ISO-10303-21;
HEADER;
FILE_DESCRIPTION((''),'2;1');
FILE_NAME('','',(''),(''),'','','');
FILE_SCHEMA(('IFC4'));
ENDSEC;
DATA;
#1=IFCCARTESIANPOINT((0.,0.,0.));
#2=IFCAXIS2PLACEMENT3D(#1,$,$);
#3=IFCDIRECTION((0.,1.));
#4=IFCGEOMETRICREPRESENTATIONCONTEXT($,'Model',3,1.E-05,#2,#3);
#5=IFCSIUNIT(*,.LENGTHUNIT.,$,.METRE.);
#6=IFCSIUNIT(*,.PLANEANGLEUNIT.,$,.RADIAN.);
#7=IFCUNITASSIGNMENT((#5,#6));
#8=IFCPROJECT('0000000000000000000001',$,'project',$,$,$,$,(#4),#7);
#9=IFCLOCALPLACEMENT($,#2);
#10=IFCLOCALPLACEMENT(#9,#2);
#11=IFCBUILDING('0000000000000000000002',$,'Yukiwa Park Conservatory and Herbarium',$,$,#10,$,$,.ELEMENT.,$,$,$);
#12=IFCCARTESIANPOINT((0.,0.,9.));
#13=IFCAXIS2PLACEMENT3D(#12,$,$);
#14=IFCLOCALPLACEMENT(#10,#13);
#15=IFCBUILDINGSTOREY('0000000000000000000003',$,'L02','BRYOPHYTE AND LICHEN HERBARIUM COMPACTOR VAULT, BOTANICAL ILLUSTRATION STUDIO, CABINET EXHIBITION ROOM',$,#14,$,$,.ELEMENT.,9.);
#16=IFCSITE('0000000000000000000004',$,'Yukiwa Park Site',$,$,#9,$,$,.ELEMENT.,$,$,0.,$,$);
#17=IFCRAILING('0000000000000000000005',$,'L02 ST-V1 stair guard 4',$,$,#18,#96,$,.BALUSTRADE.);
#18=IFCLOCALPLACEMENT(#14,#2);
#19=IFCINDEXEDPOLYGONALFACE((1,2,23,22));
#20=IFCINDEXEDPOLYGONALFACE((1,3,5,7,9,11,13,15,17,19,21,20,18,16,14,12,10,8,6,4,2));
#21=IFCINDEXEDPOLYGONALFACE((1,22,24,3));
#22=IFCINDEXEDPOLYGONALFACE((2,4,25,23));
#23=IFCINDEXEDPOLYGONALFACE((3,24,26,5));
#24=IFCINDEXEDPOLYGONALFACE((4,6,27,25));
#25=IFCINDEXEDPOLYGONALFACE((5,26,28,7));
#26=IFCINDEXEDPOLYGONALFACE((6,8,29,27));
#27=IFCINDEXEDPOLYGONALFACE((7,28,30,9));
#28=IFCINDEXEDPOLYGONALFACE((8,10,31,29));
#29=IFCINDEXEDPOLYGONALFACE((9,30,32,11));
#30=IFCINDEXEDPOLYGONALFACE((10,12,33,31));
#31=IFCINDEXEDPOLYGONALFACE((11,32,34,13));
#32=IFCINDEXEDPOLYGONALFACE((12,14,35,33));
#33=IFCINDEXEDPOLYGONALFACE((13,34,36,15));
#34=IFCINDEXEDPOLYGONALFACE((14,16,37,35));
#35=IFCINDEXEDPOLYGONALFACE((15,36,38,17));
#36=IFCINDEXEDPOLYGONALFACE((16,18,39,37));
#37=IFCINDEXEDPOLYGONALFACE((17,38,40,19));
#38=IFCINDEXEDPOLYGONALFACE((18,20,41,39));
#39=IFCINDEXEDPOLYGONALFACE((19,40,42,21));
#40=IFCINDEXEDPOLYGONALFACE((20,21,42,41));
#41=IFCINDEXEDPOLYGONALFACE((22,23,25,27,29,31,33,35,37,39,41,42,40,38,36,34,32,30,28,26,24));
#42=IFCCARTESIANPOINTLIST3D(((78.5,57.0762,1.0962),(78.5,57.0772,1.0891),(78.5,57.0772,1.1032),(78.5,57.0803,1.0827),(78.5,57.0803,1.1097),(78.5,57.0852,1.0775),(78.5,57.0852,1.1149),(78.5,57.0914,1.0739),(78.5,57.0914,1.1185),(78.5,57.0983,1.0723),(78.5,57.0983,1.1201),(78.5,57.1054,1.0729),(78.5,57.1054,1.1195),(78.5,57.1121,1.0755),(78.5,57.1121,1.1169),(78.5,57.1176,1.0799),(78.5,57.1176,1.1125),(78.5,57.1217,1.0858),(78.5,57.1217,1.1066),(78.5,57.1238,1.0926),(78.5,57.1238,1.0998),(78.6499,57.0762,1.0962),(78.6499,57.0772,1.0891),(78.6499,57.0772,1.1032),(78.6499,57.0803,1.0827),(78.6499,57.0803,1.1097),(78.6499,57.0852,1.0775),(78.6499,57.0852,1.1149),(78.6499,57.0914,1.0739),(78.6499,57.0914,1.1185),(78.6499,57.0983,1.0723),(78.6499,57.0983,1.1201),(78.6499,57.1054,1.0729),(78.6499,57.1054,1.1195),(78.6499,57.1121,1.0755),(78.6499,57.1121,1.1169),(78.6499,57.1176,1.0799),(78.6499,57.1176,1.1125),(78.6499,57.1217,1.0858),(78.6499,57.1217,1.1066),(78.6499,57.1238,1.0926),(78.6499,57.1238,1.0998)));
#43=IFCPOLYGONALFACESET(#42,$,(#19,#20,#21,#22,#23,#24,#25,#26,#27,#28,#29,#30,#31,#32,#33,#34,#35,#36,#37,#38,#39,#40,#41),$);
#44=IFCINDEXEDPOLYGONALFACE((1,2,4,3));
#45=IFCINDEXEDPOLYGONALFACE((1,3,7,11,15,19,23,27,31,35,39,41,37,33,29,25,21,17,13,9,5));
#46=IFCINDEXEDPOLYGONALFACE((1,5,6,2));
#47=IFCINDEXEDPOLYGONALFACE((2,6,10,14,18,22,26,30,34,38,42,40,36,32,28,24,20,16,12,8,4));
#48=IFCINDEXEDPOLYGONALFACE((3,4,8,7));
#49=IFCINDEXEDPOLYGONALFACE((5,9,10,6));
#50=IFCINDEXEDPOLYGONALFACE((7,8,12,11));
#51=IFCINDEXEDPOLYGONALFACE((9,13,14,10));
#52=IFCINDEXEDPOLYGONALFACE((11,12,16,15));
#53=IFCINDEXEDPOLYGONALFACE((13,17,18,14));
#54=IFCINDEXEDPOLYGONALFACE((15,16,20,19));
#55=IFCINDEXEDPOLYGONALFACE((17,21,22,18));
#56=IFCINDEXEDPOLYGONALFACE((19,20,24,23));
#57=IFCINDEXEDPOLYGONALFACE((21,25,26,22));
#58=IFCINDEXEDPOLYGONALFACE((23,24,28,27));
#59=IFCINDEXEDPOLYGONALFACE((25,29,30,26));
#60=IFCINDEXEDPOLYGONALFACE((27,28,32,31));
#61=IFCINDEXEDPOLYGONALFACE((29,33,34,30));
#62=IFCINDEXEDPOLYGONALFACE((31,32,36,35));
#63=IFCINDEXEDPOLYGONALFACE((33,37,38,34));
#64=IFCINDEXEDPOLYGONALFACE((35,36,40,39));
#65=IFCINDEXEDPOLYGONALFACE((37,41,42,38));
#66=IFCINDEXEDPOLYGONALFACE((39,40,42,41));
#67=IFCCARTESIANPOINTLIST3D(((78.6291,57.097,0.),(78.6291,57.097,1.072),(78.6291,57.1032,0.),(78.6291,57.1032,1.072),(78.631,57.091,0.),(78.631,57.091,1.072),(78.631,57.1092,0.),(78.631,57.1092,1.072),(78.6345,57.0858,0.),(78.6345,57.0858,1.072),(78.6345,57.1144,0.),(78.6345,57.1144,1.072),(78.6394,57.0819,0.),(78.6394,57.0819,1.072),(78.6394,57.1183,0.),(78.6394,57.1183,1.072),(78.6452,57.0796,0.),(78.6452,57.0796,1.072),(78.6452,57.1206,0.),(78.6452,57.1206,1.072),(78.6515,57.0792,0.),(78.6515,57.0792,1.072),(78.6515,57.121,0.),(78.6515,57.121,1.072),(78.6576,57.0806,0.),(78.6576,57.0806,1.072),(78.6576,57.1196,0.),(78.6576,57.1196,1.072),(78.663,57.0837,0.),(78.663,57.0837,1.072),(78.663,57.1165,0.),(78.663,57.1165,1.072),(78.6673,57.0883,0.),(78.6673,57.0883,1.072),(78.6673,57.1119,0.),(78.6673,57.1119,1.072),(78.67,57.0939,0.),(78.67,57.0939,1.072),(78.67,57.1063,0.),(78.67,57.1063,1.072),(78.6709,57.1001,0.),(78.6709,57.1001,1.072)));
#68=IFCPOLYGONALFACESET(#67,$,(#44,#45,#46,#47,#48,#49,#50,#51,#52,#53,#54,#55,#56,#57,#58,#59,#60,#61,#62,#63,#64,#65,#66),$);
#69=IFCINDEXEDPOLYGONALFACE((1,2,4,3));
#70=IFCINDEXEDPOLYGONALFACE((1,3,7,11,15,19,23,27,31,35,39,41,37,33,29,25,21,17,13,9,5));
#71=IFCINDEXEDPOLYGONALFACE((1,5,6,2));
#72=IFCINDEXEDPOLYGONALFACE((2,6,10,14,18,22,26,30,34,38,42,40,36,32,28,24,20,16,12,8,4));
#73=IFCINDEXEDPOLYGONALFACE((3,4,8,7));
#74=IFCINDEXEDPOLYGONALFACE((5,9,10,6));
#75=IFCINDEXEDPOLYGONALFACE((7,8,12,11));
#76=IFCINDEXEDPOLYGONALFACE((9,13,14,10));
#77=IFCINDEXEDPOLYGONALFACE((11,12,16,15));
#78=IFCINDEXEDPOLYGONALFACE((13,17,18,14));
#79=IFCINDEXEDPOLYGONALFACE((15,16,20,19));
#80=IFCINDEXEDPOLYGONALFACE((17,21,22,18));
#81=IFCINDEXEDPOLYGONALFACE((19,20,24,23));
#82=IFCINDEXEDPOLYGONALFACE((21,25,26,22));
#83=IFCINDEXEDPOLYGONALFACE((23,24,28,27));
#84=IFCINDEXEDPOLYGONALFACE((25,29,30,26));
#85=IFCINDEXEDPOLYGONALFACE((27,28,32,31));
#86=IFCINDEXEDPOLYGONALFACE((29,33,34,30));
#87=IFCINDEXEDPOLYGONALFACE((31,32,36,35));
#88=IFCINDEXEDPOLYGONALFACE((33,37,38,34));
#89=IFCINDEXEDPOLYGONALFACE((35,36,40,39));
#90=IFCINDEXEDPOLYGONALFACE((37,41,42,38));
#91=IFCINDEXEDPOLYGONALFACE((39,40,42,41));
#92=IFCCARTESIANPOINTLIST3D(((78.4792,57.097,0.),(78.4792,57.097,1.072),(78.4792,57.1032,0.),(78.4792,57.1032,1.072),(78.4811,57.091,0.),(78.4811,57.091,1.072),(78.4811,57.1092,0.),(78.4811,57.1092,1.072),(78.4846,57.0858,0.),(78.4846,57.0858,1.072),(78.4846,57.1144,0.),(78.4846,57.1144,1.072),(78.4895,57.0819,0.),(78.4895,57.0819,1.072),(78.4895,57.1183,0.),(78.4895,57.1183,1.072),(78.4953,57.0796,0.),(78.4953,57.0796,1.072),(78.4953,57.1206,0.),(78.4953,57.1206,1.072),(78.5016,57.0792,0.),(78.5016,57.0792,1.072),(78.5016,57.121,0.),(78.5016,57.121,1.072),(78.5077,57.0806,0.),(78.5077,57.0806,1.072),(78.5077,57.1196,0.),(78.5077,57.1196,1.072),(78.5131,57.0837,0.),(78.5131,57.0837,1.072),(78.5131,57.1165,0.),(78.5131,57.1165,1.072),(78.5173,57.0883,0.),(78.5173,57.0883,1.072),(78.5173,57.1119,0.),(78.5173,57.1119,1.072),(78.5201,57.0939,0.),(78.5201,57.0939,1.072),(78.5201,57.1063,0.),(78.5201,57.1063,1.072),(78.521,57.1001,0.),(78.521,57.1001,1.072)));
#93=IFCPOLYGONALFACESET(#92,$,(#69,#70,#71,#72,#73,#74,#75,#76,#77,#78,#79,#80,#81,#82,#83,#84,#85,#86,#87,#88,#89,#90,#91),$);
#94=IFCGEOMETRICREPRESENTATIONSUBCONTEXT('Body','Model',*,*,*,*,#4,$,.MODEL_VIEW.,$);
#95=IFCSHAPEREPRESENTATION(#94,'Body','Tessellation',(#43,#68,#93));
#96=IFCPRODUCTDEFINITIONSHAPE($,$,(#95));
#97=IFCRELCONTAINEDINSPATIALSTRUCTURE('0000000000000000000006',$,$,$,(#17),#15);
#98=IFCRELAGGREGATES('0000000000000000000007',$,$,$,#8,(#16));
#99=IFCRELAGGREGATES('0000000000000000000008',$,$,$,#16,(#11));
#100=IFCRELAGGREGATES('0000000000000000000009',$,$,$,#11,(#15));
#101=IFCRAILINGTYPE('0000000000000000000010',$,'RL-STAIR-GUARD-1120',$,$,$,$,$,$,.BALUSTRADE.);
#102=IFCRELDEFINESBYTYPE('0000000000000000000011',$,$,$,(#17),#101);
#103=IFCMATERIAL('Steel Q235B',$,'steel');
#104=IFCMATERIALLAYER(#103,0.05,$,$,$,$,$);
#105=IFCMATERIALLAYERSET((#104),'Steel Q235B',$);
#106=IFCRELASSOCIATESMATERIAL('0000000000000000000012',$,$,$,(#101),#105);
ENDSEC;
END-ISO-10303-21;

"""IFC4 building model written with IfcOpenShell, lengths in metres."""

from ifc_helpers import new_model, si_unit, direction, frame, origin, origin_2d, place, context, subcontext, project, spatial, circle, extrude, material, layer, layer_set, type_object, element, save


model = new_model("IFC4")

# Units and contexts
model_context = context("Model", 3, precision=1e-05, world=origin(), true_north=direction((0.0, 1.0)))
body_context = subcontext(model_context, "Body", "Model", "MODEL_VIEW")
ifc_project = project(units=[si_unit("LENGTHUNIT", "METRE"), si_unit("PLANEANGLEUNIT", "RADIAN")], contexts=[model_context])

# Site, building, storey
site_placement = place(None, origin())
site = spatial("IfcSite", under=ifc_project, at=site_placement, Name="Yukiwa Park Site", CompositionType="ELEMENT", RefElevation=0.0)
building_placement = place(site_placement, origin())
building = spatial("IfcBuilding", under=site, at=building_placement, Name="Yukiwa Park Conservatory and Herbarium", CompositionType="ELEMENT")
storey_placement = place(building_placement, frame((0.0, 0.0, 9.0)))
storey = spatial("IfcBuildingStorey", under=building, at=storey_placement, Name="L02", Description="BRYOPHYTE AND LICHEN HERBARIUM COMPACTOR VAULT, BOTANICAL ILLUSTRATION STUDIO, CABINET EXHIBITION ROOM", CompositionType="ELEMENT", Elevation=9.0)

# Railing
ifc_material_1 = material(Name="Steel Q235B", Category="steel")
ifc_layer_1 = layer(ifc_material_1, 0.05)
ifc_layer_set_1 = layer_set([ifc_layer_1], Name="Steel Q235B")
railing_type_1 = type_object("IfcRailingType", Name="RL-STAIR-GUARD-1120", PredefinedType="BALUSTRADE", material=ifc_layer_set_1)
railing_1_placement = place(storey_placement, frame((78.6499, 57.1001, 0.0)))
element("IfcRailing", 1, at=railing_1_placement, inside=storey, type_object=railing_type_1, Name="L02 ST-V1 stair guard 4", PredefinedType="BALUSTRADE", context=body_context, shape_type="SweptSolid", body=[
    extrude(circle(Radius=0.0239, at=origin_2d()), frame((0.0, 0.0, 1.0962), z_axis=(-1.0, 0.0, 0.0), x_axis=(0.0, -1.0, 0.0)), (0.0, 0.0, 1.0), 0.1499),
    extrude(circle(Radius=0.021, at=origin_2d()), origin(), (0.0, 0.0, 1.0), 1.072),
    extrude(circle(Radius=0.021, at=origin_2d()), frame((-0.1499, 0.0, 0.0)), (0.0, 0.0, 1.0), 1.072),
])

save(model, "model.ifc")
